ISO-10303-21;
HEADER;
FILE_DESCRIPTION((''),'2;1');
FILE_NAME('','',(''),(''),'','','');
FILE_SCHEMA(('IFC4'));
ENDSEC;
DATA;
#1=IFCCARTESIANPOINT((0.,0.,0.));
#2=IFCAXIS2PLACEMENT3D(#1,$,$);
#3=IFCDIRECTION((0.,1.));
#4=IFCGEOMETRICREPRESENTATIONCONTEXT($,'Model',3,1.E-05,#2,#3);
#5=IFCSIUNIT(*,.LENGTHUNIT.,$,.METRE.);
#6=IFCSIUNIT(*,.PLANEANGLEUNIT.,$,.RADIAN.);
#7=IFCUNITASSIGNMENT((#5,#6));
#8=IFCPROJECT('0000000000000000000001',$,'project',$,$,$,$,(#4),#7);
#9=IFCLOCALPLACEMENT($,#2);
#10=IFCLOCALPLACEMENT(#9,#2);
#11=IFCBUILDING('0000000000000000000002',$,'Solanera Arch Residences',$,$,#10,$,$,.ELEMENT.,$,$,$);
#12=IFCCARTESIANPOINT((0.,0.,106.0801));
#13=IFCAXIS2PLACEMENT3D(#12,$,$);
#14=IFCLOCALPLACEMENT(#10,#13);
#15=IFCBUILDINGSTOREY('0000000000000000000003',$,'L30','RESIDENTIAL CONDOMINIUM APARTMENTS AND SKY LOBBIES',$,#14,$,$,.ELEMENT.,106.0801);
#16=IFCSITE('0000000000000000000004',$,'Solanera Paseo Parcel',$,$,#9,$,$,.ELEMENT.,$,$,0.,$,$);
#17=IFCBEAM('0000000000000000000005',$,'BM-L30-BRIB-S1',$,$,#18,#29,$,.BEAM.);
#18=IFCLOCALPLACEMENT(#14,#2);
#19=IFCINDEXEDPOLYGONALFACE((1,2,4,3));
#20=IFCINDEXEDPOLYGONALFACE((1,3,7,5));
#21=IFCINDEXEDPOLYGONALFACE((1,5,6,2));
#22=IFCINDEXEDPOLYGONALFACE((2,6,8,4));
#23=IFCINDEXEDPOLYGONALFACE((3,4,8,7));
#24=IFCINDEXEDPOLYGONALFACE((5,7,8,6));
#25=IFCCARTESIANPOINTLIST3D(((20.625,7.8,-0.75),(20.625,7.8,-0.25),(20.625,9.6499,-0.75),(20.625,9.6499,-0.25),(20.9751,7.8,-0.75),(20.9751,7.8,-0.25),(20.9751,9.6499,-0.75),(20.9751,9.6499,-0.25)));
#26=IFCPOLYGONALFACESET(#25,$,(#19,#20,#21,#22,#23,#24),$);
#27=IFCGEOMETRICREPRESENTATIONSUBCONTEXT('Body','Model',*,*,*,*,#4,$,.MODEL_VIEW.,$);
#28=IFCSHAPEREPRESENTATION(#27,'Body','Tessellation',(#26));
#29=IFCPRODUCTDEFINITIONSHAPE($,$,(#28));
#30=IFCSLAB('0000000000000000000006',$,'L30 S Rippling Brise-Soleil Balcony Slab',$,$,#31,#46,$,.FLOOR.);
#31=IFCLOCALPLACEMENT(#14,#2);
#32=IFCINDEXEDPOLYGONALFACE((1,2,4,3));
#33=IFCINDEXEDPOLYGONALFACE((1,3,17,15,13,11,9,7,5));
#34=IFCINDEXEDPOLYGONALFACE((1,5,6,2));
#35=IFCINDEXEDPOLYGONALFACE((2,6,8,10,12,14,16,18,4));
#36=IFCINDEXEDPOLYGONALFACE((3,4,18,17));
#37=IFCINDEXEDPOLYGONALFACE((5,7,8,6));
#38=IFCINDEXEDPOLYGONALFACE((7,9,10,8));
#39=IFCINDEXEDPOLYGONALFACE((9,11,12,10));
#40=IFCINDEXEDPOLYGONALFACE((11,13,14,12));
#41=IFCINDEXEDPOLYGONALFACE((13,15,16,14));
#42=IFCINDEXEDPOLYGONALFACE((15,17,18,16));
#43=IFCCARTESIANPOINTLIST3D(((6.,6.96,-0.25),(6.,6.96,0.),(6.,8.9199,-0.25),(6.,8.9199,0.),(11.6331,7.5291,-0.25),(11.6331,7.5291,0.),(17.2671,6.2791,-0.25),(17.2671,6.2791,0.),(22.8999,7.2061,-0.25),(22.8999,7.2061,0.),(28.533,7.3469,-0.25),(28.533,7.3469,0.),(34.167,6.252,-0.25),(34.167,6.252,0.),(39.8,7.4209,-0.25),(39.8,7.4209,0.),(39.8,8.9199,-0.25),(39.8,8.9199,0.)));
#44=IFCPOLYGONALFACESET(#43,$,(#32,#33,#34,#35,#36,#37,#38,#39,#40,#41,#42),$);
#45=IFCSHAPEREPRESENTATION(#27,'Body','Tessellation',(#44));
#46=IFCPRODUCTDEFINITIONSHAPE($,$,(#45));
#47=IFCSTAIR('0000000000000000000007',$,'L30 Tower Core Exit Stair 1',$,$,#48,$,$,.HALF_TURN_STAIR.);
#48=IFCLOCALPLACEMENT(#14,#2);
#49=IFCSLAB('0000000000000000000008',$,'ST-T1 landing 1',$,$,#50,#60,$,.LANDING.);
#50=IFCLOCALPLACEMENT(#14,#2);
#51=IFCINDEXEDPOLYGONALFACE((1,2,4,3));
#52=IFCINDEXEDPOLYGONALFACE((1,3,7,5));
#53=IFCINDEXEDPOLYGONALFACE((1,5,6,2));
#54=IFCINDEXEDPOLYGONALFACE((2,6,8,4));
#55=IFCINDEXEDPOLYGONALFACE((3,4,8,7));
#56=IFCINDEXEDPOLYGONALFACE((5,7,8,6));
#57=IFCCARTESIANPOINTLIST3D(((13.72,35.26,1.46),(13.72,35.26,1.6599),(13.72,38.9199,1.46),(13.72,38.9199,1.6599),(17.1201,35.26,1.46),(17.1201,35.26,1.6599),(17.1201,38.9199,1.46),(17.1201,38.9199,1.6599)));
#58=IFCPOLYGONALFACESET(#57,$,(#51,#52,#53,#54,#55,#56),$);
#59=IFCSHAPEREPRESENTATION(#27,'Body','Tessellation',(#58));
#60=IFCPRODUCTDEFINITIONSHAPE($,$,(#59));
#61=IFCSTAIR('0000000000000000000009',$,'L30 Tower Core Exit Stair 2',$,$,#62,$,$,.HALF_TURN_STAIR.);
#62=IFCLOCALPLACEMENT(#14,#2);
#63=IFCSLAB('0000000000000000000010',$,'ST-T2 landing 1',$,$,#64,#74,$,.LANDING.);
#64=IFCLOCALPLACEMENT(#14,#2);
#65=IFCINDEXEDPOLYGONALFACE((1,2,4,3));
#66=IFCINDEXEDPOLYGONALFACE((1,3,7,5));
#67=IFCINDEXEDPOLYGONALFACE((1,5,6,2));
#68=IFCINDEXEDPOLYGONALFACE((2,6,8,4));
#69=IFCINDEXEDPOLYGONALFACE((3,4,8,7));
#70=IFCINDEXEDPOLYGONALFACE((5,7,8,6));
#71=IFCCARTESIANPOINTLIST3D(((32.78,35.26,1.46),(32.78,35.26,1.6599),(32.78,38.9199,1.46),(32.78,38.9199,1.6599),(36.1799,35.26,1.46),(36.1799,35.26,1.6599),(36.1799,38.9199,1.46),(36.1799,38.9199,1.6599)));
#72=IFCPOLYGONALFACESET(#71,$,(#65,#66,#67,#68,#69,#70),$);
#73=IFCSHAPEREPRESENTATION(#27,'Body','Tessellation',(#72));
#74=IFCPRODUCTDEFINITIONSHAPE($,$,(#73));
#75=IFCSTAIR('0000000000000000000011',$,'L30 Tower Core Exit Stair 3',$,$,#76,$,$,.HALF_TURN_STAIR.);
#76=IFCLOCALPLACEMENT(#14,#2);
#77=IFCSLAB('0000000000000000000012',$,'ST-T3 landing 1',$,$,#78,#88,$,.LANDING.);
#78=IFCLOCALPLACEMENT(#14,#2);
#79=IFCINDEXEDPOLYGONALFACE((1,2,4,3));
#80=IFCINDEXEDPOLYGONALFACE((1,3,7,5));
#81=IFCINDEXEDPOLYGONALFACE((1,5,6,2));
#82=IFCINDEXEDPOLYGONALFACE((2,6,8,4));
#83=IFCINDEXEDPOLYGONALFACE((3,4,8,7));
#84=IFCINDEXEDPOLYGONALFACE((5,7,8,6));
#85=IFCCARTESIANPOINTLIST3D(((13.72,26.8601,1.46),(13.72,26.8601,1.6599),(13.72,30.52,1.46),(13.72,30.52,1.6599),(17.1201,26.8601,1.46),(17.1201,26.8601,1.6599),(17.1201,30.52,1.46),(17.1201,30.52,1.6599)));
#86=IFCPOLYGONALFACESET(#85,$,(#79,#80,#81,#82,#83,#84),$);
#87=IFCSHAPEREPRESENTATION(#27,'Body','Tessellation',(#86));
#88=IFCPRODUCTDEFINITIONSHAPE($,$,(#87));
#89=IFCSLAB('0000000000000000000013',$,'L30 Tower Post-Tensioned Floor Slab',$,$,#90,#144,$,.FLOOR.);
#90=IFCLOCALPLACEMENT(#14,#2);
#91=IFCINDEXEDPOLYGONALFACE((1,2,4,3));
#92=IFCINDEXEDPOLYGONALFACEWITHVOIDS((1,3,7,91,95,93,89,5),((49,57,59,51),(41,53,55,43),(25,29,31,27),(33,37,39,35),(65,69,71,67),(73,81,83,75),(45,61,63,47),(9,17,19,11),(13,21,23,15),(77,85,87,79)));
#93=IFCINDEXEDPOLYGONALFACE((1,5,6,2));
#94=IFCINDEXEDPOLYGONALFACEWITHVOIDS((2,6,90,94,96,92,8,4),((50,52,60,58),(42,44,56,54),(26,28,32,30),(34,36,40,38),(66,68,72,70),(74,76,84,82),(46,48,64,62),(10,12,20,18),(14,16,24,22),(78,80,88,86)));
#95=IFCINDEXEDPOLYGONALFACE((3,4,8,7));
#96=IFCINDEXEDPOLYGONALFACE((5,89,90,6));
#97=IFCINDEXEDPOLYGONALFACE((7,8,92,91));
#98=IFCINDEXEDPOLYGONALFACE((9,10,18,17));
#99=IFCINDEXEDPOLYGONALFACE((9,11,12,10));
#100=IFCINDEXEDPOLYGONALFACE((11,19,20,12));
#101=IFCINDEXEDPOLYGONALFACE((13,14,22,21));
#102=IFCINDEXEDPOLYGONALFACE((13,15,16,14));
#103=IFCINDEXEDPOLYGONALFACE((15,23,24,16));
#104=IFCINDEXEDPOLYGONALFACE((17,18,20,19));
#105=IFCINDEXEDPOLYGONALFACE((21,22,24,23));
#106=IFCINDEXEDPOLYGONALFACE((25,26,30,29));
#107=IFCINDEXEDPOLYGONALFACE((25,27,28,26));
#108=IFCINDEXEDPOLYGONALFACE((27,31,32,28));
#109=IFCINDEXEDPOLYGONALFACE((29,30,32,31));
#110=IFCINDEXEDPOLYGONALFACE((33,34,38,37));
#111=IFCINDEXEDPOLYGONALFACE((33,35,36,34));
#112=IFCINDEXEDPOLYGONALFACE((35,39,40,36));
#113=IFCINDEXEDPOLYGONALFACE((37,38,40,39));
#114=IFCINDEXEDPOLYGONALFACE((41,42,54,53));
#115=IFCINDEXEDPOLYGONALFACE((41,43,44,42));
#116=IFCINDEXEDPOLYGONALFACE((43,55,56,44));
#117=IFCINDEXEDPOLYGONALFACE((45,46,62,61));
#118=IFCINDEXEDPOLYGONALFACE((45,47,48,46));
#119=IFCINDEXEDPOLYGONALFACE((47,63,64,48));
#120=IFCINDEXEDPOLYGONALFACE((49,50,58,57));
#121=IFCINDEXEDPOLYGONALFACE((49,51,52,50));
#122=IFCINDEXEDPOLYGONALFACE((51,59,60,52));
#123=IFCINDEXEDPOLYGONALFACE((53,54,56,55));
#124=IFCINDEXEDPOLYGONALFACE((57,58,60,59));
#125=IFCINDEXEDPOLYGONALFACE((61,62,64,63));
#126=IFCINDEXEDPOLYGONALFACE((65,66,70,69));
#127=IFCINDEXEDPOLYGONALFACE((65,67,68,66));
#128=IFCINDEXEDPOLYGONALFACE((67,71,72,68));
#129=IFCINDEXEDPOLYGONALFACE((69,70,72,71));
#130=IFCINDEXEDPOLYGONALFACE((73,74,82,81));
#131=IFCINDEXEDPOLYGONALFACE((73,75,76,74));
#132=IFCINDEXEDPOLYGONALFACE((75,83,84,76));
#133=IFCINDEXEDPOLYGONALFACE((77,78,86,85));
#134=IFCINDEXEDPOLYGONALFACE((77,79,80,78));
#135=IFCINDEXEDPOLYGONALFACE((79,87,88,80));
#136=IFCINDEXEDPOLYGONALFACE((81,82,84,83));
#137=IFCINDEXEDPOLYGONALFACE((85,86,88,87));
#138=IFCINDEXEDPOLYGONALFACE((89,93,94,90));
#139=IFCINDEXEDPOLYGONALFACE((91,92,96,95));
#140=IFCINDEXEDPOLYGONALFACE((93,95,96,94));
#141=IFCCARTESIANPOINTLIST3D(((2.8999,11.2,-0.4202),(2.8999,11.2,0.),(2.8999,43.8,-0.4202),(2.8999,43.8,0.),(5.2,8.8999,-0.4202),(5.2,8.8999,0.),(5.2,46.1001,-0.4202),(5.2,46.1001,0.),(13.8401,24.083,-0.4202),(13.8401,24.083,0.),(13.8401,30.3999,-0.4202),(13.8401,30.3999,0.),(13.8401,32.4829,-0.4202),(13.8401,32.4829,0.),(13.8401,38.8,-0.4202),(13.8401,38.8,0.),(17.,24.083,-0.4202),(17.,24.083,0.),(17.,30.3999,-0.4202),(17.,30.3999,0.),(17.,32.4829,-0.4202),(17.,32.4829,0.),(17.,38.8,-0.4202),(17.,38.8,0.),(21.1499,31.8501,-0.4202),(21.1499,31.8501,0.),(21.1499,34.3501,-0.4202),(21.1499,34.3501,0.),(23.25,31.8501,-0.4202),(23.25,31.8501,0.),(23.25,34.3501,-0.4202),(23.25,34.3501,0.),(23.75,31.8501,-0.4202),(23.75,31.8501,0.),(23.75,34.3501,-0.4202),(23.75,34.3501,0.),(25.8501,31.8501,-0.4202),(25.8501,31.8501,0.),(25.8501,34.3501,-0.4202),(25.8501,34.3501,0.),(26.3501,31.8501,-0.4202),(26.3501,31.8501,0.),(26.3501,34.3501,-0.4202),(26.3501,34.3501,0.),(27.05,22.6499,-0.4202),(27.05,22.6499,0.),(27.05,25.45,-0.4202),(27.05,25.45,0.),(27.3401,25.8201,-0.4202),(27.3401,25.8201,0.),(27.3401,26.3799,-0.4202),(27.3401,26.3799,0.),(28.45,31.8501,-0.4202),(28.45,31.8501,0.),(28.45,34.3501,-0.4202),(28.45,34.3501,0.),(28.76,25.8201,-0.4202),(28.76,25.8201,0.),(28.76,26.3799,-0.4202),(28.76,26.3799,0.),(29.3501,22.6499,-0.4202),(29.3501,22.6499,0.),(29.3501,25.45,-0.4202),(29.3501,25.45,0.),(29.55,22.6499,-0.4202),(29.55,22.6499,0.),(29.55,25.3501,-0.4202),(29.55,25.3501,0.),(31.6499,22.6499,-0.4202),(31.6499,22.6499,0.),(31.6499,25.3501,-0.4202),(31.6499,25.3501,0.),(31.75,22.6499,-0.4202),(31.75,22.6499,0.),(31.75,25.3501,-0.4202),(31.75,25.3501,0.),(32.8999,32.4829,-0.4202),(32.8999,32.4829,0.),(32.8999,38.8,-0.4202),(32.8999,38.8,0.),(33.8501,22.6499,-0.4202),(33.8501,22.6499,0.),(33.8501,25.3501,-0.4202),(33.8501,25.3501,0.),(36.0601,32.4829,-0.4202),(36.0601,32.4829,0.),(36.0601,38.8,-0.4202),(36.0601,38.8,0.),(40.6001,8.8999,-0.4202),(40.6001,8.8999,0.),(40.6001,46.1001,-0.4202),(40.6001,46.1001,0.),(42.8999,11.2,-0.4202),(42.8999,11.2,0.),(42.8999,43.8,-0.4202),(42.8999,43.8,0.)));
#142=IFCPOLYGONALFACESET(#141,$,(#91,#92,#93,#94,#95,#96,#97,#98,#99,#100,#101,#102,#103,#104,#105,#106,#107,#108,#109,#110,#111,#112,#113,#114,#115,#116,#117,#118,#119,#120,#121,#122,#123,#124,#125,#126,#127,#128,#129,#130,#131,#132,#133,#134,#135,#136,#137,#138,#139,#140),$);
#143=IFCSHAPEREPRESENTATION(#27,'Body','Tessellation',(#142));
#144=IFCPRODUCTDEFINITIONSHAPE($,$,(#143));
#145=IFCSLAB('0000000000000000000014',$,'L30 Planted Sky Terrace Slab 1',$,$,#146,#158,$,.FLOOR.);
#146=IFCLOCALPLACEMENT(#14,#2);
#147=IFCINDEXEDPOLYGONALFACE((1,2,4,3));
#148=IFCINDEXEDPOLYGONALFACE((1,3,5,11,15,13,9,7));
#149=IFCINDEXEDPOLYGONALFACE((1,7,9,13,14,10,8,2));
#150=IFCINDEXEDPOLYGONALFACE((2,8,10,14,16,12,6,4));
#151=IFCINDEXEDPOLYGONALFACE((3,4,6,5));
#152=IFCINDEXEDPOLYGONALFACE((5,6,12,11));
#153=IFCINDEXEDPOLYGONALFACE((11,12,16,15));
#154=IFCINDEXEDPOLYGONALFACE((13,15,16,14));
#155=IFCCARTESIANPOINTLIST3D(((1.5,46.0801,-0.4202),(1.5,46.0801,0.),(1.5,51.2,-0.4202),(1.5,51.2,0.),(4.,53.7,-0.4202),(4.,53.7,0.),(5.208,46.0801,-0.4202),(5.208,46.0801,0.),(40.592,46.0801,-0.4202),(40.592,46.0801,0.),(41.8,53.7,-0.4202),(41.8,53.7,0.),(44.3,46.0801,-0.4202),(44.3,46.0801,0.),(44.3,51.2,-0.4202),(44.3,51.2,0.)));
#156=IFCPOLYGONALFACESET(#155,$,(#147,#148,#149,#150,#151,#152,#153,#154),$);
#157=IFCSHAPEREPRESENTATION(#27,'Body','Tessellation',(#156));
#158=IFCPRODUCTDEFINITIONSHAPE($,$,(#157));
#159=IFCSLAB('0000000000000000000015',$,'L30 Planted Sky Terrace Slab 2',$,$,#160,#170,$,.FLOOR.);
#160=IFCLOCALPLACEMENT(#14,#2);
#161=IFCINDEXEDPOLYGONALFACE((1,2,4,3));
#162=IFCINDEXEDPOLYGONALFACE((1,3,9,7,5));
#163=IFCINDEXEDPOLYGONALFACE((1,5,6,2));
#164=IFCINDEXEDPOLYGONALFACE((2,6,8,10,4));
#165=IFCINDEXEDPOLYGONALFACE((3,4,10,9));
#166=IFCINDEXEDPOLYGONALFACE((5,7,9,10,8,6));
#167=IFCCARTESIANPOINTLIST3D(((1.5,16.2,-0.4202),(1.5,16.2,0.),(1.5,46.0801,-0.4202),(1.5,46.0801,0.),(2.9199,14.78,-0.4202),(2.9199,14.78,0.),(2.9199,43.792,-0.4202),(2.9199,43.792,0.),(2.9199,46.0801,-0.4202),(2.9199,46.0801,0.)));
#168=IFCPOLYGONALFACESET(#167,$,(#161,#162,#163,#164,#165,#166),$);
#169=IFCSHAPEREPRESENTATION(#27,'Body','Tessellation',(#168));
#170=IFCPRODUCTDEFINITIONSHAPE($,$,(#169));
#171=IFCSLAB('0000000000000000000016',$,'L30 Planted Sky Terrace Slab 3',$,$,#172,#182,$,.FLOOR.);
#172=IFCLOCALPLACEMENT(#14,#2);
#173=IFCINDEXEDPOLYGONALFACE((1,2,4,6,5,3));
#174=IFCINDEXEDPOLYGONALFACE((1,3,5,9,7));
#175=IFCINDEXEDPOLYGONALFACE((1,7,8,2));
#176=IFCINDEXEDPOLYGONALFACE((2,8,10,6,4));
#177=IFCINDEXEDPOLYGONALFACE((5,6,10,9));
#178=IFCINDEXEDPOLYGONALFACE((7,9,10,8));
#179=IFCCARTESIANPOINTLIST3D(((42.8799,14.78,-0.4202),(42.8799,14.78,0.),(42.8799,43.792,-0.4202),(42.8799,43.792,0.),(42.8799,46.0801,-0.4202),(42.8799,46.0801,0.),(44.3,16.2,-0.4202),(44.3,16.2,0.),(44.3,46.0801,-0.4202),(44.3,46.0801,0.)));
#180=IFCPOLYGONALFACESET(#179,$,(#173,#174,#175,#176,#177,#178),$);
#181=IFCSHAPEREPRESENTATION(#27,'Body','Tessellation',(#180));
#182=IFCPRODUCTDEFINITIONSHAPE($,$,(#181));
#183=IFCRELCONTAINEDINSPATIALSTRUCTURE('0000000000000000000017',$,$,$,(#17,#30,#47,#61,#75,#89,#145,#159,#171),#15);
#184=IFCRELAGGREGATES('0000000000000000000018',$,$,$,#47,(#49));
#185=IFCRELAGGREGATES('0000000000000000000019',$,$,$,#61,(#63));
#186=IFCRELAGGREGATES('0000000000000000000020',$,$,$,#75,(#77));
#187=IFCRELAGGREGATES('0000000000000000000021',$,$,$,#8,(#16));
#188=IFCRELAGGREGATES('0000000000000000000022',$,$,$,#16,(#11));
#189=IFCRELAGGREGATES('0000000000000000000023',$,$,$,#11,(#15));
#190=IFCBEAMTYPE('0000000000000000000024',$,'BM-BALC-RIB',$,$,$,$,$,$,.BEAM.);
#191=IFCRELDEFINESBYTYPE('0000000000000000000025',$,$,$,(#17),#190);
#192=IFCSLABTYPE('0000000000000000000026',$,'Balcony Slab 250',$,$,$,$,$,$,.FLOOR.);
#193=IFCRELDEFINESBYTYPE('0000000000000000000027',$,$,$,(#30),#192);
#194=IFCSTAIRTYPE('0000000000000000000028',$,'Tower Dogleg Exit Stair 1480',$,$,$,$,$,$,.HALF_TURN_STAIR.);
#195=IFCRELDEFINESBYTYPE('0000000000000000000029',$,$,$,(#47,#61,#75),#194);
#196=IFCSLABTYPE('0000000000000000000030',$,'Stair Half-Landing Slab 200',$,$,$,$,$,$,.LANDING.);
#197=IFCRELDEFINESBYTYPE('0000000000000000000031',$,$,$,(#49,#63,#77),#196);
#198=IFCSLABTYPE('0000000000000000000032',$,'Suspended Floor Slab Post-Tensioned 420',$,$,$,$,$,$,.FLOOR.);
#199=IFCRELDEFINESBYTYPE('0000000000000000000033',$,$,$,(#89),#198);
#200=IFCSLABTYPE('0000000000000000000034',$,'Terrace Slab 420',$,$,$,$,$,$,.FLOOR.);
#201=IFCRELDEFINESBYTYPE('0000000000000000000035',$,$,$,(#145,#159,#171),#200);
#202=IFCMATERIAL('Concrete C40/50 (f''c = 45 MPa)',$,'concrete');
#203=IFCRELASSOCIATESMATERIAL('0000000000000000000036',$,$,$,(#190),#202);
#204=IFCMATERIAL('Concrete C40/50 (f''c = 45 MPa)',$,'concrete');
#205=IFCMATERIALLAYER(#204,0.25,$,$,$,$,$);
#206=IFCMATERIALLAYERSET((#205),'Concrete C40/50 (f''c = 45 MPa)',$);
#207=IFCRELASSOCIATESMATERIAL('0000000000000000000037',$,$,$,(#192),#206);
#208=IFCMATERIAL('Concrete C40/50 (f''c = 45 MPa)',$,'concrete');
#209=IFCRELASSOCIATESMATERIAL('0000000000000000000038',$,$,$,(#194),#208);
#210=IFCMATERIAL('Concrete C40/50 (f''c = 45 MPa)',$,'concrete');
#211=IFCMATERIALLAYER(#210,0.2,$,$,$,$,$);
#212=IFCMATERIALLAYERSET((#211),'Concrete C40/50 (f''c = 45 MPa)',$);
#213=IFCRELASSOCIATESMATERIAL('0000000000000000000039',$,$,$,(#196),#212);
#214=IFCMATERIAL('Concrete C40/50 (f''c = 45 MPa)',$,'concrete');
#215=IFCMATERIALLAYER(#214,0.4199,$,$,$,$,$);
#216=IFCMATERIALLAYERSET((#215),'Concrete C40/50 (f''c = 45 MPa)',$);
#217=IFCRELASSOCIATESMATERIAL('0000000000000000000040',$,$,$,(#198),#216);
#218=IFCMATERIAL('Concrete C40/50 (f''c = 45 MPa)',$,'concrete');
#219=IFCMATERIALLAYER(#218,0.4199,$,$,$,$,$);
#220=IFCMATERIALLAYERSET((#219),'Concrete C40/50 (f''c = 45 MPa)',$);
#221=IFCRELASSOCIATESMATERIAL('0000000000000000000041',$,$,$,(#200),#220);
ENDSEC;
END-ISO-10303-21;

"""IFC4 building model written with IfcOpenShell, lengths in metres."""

from ifc_helpers import new_model, si_unit, direction, frame, origin, origin_2d, place, context, subcontext, project, spatial, polyline, rectangle, outline, extrude, material, layer, layer_set, material_profile, profile_set, type_object, element, aggregate, save


model = new_model("IFC4")

# Units and contexts
model_context = context("Model", 3, precision=1e-05, world=origin(), true_north=direction((0.0, 1.0)))
body_context = subcontext(model_context, "Body", "Model", "MODEL_VIEW")
ifc_project = project(units=[si_unit("LENGTHUNIT", "METRE"), si_unit("PLANEANGLEUNIT", "RADIAN")], contexts=[model_context])

# Site, building, storey
site_placement = place(None, origin())
site = spatial("IfcSite", under=ifc_project, at=site_placement, Name="Solanera Paseo Parcel", CompositionType="ELEMENT", RefElevation=0.0)
building_placement = place(site_placement, origin())
building = spatial("IfcBuilding", under=site, at=building_placement, Name="Solanera Arch Residences", CompositionType="ELEMENT")
storey_placement = place(building_placement, frame((0.0, 0.0, 106.0801)))
storey = spatial("IfcBuildingStorey", under=building, at=storey_placement, Name="L30", Description="RESIDENTIAL CONDOMINIUM APARTMENTS AND SKY LOBBIES", CompositionType="ELEMENT", Elevation=106.0801)

# Beam
ifc_material_1 = material(Name="Concrete C40/50 (f'c = 45 MPa)", Category="concrete")
ifc_material_profile = material_profile(ifc_material_1, rectangle(XDim=0.3501, YDim=0.5, at=origin_2d()))
ifc_profile_set = profile_set([ifc_material_profile], Name="Concrete C40/50 (f'c = 45 MPa)")
beam_type = type_object("IfcBeamType", Name="BM-BALC-RIB", PredefinedType="BEAM", material=ifc_profile_set)
beam_placement = place(storey_placement, frame((20.8, 7.8, -0.5), z_axis=(0.0, 1.0, 0.0), x_axis=(-1.0, 0.0, 0.0)))
element("IfcBeam", 1, at=beam_placement, inside=storey, type_object=beam_type, Name="BM-L30-BRIB-S1", PredefinedType="BEAM", context=body_context, shape_type="SweptSolid", body=[
    extrude(rectangle(XDim=0.3501, YDim=0.5, at=origin_2d()), origin(), (0.0, 0.0, 1.0), 1.8499),
])

# Slab
ifc_material_2 = material(Name="Concrete C40/50 (f'c = 45 MPa)", Category="concrete")
ifc_layer_1 = layer(ifc_material_2, 0.25)
ifc_layer_set_1 = layer_set([ifc_layer_1], Name="Concrete C40/50 (f'c = 45 MPa)")
slab_type_1 = type_object("IfcSlabType", Name="Balcony Slab 250", PredefinedType="FLOOR", material=ifc_layer_set_1)
slab_1_placement = place(storey_placement, frame((0.0, 0.0, -0.25)))
element("IfcSlab", 2, at=slab_1_placement, inside=storey, type_object=slab_type_1, Name="L30 S Rippling Brise-Soleil Balcony Slab", PredefinedType="FLOOR", context=body_context, shape_type="SweptSolid", body=[
    extrude(outline(polyline([(6.0, 6.96), (11.6331, 7.5291), (17.2671, 6.2791), (22.8999, 7.2061), (28.533, 7.3469), (34.167, 6.252), (39.8, 7.4209), (39.8, 8.9199), (6.0, 8.9199), (6.0, 6.96)])), origin(), (0.0, 0.0, 1.0), 0.25),
])

# Stairs, slabs
ifc_material_3 = material(Name="Concrete C40/50 (f'c = 45 MPa)", Category="concrete")
stair_type = type_object("IfcStairType", Name="Tower Dogleg Exit Stair 1480", PredefinedType="HALF_TURN_STAIR", material=ifc_material_3)
stair_1_placement = place(storey_placement, origin())
stair_1 = element("IfcStair", 3, at=stair_1_placement, inside=storey, type_object=stair_type, Name="L30 Tower Core Exit Stair 1", PredefinedType="HALF_TURN_STAIR")
ifc_material_4 = material(Name="Concrete C40/50 (f'c = 45 MPa)", Category="concrete")
ifc_layer_2 = layer(ifc_material_4, 0.2)
ifc_layer_set_2 = layer_set([ifc_layer_2], Name="Concrete C40/50 (f'c = 45 MPa)")
slab_type_2 = type_object("IfcSlabType", Name="Stair Half-Landing Slab 200", PredefinedType="LANDING", material=ifc_layer_set_2)
slab_2_placement = place(storey_placement, frame((0.0, 0.0, 1.46)))
slab_2 = element("IfcSlab", 4, at=slab_2_placement, type_object=slab_type_2, Name="ST-T1 landing 1", PredefinedType="LANDING", context=body_context, shape_type="SweptSolid", body=[
    extrude(outline(polyline([(17.1201, 35.26), (17.1201, 38.9199), (13.72, 38.9199), (13.72, 35.26), (17.1201, 35.26)])), origin(), (0.0, 0.0, 1.0), 0.2),
])
aggregate(stair_1, [slab_2])
stair_2_placement = place(storey_placement, origin())
stair_2 = element("IfcStair", 5, at=stair_2_placement, inside=storey, type_object=stair_type, Name="L30 Tower Core Exit Stair 2", PredefinedType="HALF_TURN_STAIR")
slab_3_placement = place(storey_placement, frame((0.0, 0.0, 1.46)))
slab_3 = element("IfcSlab", 6, at=slab_3_placement, type_object=slab_type_2, Name="ST-T2 landing 1", PredefinedType="LANDING", context=body_context, shape_type="SweptSolid", body=[
    extrude(outline(polyline([(36.1799, 35.26), (36.1799, 38.9199), (32.78, 38.9199), (32.78, 35.26), (36.1799, 35.26)])), origin(), (0.0, 0.0, 1.0), 0.2),
])
aggregate(stair_2, [slab_3])
stair_3_placement = place(storey_placement, origin())
stair_3 = element("IfcStair", 7, at=stair_3_placement, inside=storey, type_object=stair_type, Name="L30 Tower Core Exit Stair 3", PredefinedType="HALF_TURN_STAIR")
slab_4_placement = place(storey_placement, frame((0.0, 0.0, 1.46)))
slab_4 = element("IfcSlab", 8, at=slab_4_placement, type_object=slab_type_2, Name="ST-T3 landing 1", PredefinedType="LANDING", context=body_context, shape_type="SweptSolid", body=[
    extrude(outline(polyline([(17.1201, 26.8601), (17.1201, 30.52), (13.72, 30.52), (13.72, 26.8601), (17.1201, 26.8601)])), origin(), (0.0, 0.0, 1.0), 0.2),
])
aggregate(stair_3, [slab_4])

# Slabs
ifc_material_5 = material(Name="Concrete C40/50 (f'c = 45 MPa)", Category="concrete")
ifc_layer_3 = layer(ifc_material_5, 0.4199)
ifc_layer_set_3 = layer_set([ifc_layer_3], Name="Concrete C40/50 (f'c = 45 MPa)")
slab_type_3 = type_object("IfcSlabType", Name="Suspended Floor Slab Post-Tensioned 420", PredefinedType="FLOOR", material=ifc_layer_set_3)
slab_5_placement = place(storey_placement, frame((0.0, 0.0, -0.4202)))
element("IfcSlab", 9, at=slab_5_placement, inside=storey, type_object=slab_type_3, Name="L30 Tower Post-Tensioned Floor Slab", PredefinedType="FLOOR", context=body_context, shape_type="SweptSolid", body=[
    extrude(outline(polyline([(5.2, 8.8999), (40.6001, 8.8999), (42.8999, 11.2), (42.8999, 43.8), (40.6001, 46.1001), (5.2, 46.1001), (2.8999, 43.8), (2.8999, 11.2), (5.2, 8.8999)]), holes=[polyline([(13.8401, 32.4829), (13.8401, 38.8), (17.0, 38.8), (17.0, 32.4829), (13.8401, 32.4829)]), polyline([(32.8999, 32.4829), (32.8999, 38.8), (36.0601, 38.8), (36.0601, 32.4829), (32.8999, 32.4829)]), polyline([(13.8401, 24.083), (13.8401, 30.3999), (17.0, 30.3999), (17.0, 24.083), (13.8401, 24.083)]), polyline([(21.1499, 34.3501), (23.25, 34.3501), (23.25, 31.8501), (21.1499, 31.8501), (21.1499, 34.3501)]), polyline([(23.75, 34.3501), (25.8501, 34.3501), (25.8501, 31.8501), (23.75, 31.8501), (23.75, 34.3501)]), polyline([(26.3501, 34.3501), (28.45, 34.3501), (28.45, 31.8501), (26.3501, 31.8501), (26.3501, 34.3501)]), polyline([(29.55, 25.3501), (31.6499, 25.3501), (31.6499, 22.6499), (29.55, 22.6499), (29.55, 25.3501)]), polyline([(31.75, 25.3501), (33.8501, 25.3501), (33.8501, 22.6499), (31.75, 22.6499), (31.75, 25.3501)]), polyline([(27.05, 25.45), (29.3501, 25.45), (29.3501, 22.6499), (27.05, 22.6499), (27.05, 25.45)]), polyline([(27.3401, 26.3799), (28.76, 26.3799), (28.76, 25.8201), (27.3401, 25.8201), (27.3401, 26.3799)])]), origin(), (0.0, 0.0, 1.0), 0.4202),
])
ifc_material_6 = material(Name="Concrete C40/50 (f'c = 45 MPa)", Category="concrete")
ifc_layer_4 = layer(ifc_material_6, 0.4199)
ifc_layer_set_4 = layer_set([ifc_layer_4], Name="Concrete C40/50 (f'c = 45 MPa)")
slab_type_4 = type_object("IfcSlabType", Name="Terrace Slab 420", PredefinedType="FLOOR", material=ifc_layer_set_4)
slab_6_placement = place(storey_placement, frame((0.0, 0.0, -0.4202)))
element("IfcSlab", 10, at=slab_6_placement, inside=storey, type_object=slab_type_4, Name="L30 Planted Sky Terrace Slab 1", PredefinedType="FLOOR", context=body_context, shape_type="SweptSolid", body=[
    extrude(outline(polyline([(1.5, 46.0801), (5.208, 46.0801), (40.592, 46.0801), (44.3, 46.0801), (44.3, 51.2), (41.8, 53.7), (4.0, 53.7), (1.5, 51.2), (1.5, 46.0801)])), origin(), (0.0, 0.0, 1.0), 0.4202),
])
slab_7_placement = place(storey_placement, frame((0.0, 0.0, -0.4202)))
element("IfcSlab", 11, at=slab_7_placement, inside=storey, type_object=slab_type_4, Name="L30 Planted Sky Terrace Slab 2", PredefinedType="FLOOR", context=body_context, shape_type="SweptSolid", body=[
    extrude(outline(polyline([(1.5, 16.2), (2.9199, 14.78), (2.9199, 43.792), (2.9199, 46.0801), (1.5, 46.0801), (1.5, 16.2)])), origin(), (0.0, 0.0, 1.0), 0.4202),
])
slab_8_placement = place(storey_placement, frame((0.0, 0.0, -0.4202)))
element("IfcSlab", 12, at=slab_8_placement, inside=storey, type_object=slab_type_4, Name="L30 Planted Sky Terrace Slab 3", PredefinedType="FLOOR", context=body_context, shape_type="SweptSolid", body=[
    extrude(outline(polyline([(44.3, 46.0801), (42.8799, 46.0801), (42.8799, 43.792), (42.8799, 14.78), (44.3, 16.2), (44.3, 46.0801)])), origin(), (0.0, 0.0, 1.0), 0.4202),
])

save(model, "model.ifc")
